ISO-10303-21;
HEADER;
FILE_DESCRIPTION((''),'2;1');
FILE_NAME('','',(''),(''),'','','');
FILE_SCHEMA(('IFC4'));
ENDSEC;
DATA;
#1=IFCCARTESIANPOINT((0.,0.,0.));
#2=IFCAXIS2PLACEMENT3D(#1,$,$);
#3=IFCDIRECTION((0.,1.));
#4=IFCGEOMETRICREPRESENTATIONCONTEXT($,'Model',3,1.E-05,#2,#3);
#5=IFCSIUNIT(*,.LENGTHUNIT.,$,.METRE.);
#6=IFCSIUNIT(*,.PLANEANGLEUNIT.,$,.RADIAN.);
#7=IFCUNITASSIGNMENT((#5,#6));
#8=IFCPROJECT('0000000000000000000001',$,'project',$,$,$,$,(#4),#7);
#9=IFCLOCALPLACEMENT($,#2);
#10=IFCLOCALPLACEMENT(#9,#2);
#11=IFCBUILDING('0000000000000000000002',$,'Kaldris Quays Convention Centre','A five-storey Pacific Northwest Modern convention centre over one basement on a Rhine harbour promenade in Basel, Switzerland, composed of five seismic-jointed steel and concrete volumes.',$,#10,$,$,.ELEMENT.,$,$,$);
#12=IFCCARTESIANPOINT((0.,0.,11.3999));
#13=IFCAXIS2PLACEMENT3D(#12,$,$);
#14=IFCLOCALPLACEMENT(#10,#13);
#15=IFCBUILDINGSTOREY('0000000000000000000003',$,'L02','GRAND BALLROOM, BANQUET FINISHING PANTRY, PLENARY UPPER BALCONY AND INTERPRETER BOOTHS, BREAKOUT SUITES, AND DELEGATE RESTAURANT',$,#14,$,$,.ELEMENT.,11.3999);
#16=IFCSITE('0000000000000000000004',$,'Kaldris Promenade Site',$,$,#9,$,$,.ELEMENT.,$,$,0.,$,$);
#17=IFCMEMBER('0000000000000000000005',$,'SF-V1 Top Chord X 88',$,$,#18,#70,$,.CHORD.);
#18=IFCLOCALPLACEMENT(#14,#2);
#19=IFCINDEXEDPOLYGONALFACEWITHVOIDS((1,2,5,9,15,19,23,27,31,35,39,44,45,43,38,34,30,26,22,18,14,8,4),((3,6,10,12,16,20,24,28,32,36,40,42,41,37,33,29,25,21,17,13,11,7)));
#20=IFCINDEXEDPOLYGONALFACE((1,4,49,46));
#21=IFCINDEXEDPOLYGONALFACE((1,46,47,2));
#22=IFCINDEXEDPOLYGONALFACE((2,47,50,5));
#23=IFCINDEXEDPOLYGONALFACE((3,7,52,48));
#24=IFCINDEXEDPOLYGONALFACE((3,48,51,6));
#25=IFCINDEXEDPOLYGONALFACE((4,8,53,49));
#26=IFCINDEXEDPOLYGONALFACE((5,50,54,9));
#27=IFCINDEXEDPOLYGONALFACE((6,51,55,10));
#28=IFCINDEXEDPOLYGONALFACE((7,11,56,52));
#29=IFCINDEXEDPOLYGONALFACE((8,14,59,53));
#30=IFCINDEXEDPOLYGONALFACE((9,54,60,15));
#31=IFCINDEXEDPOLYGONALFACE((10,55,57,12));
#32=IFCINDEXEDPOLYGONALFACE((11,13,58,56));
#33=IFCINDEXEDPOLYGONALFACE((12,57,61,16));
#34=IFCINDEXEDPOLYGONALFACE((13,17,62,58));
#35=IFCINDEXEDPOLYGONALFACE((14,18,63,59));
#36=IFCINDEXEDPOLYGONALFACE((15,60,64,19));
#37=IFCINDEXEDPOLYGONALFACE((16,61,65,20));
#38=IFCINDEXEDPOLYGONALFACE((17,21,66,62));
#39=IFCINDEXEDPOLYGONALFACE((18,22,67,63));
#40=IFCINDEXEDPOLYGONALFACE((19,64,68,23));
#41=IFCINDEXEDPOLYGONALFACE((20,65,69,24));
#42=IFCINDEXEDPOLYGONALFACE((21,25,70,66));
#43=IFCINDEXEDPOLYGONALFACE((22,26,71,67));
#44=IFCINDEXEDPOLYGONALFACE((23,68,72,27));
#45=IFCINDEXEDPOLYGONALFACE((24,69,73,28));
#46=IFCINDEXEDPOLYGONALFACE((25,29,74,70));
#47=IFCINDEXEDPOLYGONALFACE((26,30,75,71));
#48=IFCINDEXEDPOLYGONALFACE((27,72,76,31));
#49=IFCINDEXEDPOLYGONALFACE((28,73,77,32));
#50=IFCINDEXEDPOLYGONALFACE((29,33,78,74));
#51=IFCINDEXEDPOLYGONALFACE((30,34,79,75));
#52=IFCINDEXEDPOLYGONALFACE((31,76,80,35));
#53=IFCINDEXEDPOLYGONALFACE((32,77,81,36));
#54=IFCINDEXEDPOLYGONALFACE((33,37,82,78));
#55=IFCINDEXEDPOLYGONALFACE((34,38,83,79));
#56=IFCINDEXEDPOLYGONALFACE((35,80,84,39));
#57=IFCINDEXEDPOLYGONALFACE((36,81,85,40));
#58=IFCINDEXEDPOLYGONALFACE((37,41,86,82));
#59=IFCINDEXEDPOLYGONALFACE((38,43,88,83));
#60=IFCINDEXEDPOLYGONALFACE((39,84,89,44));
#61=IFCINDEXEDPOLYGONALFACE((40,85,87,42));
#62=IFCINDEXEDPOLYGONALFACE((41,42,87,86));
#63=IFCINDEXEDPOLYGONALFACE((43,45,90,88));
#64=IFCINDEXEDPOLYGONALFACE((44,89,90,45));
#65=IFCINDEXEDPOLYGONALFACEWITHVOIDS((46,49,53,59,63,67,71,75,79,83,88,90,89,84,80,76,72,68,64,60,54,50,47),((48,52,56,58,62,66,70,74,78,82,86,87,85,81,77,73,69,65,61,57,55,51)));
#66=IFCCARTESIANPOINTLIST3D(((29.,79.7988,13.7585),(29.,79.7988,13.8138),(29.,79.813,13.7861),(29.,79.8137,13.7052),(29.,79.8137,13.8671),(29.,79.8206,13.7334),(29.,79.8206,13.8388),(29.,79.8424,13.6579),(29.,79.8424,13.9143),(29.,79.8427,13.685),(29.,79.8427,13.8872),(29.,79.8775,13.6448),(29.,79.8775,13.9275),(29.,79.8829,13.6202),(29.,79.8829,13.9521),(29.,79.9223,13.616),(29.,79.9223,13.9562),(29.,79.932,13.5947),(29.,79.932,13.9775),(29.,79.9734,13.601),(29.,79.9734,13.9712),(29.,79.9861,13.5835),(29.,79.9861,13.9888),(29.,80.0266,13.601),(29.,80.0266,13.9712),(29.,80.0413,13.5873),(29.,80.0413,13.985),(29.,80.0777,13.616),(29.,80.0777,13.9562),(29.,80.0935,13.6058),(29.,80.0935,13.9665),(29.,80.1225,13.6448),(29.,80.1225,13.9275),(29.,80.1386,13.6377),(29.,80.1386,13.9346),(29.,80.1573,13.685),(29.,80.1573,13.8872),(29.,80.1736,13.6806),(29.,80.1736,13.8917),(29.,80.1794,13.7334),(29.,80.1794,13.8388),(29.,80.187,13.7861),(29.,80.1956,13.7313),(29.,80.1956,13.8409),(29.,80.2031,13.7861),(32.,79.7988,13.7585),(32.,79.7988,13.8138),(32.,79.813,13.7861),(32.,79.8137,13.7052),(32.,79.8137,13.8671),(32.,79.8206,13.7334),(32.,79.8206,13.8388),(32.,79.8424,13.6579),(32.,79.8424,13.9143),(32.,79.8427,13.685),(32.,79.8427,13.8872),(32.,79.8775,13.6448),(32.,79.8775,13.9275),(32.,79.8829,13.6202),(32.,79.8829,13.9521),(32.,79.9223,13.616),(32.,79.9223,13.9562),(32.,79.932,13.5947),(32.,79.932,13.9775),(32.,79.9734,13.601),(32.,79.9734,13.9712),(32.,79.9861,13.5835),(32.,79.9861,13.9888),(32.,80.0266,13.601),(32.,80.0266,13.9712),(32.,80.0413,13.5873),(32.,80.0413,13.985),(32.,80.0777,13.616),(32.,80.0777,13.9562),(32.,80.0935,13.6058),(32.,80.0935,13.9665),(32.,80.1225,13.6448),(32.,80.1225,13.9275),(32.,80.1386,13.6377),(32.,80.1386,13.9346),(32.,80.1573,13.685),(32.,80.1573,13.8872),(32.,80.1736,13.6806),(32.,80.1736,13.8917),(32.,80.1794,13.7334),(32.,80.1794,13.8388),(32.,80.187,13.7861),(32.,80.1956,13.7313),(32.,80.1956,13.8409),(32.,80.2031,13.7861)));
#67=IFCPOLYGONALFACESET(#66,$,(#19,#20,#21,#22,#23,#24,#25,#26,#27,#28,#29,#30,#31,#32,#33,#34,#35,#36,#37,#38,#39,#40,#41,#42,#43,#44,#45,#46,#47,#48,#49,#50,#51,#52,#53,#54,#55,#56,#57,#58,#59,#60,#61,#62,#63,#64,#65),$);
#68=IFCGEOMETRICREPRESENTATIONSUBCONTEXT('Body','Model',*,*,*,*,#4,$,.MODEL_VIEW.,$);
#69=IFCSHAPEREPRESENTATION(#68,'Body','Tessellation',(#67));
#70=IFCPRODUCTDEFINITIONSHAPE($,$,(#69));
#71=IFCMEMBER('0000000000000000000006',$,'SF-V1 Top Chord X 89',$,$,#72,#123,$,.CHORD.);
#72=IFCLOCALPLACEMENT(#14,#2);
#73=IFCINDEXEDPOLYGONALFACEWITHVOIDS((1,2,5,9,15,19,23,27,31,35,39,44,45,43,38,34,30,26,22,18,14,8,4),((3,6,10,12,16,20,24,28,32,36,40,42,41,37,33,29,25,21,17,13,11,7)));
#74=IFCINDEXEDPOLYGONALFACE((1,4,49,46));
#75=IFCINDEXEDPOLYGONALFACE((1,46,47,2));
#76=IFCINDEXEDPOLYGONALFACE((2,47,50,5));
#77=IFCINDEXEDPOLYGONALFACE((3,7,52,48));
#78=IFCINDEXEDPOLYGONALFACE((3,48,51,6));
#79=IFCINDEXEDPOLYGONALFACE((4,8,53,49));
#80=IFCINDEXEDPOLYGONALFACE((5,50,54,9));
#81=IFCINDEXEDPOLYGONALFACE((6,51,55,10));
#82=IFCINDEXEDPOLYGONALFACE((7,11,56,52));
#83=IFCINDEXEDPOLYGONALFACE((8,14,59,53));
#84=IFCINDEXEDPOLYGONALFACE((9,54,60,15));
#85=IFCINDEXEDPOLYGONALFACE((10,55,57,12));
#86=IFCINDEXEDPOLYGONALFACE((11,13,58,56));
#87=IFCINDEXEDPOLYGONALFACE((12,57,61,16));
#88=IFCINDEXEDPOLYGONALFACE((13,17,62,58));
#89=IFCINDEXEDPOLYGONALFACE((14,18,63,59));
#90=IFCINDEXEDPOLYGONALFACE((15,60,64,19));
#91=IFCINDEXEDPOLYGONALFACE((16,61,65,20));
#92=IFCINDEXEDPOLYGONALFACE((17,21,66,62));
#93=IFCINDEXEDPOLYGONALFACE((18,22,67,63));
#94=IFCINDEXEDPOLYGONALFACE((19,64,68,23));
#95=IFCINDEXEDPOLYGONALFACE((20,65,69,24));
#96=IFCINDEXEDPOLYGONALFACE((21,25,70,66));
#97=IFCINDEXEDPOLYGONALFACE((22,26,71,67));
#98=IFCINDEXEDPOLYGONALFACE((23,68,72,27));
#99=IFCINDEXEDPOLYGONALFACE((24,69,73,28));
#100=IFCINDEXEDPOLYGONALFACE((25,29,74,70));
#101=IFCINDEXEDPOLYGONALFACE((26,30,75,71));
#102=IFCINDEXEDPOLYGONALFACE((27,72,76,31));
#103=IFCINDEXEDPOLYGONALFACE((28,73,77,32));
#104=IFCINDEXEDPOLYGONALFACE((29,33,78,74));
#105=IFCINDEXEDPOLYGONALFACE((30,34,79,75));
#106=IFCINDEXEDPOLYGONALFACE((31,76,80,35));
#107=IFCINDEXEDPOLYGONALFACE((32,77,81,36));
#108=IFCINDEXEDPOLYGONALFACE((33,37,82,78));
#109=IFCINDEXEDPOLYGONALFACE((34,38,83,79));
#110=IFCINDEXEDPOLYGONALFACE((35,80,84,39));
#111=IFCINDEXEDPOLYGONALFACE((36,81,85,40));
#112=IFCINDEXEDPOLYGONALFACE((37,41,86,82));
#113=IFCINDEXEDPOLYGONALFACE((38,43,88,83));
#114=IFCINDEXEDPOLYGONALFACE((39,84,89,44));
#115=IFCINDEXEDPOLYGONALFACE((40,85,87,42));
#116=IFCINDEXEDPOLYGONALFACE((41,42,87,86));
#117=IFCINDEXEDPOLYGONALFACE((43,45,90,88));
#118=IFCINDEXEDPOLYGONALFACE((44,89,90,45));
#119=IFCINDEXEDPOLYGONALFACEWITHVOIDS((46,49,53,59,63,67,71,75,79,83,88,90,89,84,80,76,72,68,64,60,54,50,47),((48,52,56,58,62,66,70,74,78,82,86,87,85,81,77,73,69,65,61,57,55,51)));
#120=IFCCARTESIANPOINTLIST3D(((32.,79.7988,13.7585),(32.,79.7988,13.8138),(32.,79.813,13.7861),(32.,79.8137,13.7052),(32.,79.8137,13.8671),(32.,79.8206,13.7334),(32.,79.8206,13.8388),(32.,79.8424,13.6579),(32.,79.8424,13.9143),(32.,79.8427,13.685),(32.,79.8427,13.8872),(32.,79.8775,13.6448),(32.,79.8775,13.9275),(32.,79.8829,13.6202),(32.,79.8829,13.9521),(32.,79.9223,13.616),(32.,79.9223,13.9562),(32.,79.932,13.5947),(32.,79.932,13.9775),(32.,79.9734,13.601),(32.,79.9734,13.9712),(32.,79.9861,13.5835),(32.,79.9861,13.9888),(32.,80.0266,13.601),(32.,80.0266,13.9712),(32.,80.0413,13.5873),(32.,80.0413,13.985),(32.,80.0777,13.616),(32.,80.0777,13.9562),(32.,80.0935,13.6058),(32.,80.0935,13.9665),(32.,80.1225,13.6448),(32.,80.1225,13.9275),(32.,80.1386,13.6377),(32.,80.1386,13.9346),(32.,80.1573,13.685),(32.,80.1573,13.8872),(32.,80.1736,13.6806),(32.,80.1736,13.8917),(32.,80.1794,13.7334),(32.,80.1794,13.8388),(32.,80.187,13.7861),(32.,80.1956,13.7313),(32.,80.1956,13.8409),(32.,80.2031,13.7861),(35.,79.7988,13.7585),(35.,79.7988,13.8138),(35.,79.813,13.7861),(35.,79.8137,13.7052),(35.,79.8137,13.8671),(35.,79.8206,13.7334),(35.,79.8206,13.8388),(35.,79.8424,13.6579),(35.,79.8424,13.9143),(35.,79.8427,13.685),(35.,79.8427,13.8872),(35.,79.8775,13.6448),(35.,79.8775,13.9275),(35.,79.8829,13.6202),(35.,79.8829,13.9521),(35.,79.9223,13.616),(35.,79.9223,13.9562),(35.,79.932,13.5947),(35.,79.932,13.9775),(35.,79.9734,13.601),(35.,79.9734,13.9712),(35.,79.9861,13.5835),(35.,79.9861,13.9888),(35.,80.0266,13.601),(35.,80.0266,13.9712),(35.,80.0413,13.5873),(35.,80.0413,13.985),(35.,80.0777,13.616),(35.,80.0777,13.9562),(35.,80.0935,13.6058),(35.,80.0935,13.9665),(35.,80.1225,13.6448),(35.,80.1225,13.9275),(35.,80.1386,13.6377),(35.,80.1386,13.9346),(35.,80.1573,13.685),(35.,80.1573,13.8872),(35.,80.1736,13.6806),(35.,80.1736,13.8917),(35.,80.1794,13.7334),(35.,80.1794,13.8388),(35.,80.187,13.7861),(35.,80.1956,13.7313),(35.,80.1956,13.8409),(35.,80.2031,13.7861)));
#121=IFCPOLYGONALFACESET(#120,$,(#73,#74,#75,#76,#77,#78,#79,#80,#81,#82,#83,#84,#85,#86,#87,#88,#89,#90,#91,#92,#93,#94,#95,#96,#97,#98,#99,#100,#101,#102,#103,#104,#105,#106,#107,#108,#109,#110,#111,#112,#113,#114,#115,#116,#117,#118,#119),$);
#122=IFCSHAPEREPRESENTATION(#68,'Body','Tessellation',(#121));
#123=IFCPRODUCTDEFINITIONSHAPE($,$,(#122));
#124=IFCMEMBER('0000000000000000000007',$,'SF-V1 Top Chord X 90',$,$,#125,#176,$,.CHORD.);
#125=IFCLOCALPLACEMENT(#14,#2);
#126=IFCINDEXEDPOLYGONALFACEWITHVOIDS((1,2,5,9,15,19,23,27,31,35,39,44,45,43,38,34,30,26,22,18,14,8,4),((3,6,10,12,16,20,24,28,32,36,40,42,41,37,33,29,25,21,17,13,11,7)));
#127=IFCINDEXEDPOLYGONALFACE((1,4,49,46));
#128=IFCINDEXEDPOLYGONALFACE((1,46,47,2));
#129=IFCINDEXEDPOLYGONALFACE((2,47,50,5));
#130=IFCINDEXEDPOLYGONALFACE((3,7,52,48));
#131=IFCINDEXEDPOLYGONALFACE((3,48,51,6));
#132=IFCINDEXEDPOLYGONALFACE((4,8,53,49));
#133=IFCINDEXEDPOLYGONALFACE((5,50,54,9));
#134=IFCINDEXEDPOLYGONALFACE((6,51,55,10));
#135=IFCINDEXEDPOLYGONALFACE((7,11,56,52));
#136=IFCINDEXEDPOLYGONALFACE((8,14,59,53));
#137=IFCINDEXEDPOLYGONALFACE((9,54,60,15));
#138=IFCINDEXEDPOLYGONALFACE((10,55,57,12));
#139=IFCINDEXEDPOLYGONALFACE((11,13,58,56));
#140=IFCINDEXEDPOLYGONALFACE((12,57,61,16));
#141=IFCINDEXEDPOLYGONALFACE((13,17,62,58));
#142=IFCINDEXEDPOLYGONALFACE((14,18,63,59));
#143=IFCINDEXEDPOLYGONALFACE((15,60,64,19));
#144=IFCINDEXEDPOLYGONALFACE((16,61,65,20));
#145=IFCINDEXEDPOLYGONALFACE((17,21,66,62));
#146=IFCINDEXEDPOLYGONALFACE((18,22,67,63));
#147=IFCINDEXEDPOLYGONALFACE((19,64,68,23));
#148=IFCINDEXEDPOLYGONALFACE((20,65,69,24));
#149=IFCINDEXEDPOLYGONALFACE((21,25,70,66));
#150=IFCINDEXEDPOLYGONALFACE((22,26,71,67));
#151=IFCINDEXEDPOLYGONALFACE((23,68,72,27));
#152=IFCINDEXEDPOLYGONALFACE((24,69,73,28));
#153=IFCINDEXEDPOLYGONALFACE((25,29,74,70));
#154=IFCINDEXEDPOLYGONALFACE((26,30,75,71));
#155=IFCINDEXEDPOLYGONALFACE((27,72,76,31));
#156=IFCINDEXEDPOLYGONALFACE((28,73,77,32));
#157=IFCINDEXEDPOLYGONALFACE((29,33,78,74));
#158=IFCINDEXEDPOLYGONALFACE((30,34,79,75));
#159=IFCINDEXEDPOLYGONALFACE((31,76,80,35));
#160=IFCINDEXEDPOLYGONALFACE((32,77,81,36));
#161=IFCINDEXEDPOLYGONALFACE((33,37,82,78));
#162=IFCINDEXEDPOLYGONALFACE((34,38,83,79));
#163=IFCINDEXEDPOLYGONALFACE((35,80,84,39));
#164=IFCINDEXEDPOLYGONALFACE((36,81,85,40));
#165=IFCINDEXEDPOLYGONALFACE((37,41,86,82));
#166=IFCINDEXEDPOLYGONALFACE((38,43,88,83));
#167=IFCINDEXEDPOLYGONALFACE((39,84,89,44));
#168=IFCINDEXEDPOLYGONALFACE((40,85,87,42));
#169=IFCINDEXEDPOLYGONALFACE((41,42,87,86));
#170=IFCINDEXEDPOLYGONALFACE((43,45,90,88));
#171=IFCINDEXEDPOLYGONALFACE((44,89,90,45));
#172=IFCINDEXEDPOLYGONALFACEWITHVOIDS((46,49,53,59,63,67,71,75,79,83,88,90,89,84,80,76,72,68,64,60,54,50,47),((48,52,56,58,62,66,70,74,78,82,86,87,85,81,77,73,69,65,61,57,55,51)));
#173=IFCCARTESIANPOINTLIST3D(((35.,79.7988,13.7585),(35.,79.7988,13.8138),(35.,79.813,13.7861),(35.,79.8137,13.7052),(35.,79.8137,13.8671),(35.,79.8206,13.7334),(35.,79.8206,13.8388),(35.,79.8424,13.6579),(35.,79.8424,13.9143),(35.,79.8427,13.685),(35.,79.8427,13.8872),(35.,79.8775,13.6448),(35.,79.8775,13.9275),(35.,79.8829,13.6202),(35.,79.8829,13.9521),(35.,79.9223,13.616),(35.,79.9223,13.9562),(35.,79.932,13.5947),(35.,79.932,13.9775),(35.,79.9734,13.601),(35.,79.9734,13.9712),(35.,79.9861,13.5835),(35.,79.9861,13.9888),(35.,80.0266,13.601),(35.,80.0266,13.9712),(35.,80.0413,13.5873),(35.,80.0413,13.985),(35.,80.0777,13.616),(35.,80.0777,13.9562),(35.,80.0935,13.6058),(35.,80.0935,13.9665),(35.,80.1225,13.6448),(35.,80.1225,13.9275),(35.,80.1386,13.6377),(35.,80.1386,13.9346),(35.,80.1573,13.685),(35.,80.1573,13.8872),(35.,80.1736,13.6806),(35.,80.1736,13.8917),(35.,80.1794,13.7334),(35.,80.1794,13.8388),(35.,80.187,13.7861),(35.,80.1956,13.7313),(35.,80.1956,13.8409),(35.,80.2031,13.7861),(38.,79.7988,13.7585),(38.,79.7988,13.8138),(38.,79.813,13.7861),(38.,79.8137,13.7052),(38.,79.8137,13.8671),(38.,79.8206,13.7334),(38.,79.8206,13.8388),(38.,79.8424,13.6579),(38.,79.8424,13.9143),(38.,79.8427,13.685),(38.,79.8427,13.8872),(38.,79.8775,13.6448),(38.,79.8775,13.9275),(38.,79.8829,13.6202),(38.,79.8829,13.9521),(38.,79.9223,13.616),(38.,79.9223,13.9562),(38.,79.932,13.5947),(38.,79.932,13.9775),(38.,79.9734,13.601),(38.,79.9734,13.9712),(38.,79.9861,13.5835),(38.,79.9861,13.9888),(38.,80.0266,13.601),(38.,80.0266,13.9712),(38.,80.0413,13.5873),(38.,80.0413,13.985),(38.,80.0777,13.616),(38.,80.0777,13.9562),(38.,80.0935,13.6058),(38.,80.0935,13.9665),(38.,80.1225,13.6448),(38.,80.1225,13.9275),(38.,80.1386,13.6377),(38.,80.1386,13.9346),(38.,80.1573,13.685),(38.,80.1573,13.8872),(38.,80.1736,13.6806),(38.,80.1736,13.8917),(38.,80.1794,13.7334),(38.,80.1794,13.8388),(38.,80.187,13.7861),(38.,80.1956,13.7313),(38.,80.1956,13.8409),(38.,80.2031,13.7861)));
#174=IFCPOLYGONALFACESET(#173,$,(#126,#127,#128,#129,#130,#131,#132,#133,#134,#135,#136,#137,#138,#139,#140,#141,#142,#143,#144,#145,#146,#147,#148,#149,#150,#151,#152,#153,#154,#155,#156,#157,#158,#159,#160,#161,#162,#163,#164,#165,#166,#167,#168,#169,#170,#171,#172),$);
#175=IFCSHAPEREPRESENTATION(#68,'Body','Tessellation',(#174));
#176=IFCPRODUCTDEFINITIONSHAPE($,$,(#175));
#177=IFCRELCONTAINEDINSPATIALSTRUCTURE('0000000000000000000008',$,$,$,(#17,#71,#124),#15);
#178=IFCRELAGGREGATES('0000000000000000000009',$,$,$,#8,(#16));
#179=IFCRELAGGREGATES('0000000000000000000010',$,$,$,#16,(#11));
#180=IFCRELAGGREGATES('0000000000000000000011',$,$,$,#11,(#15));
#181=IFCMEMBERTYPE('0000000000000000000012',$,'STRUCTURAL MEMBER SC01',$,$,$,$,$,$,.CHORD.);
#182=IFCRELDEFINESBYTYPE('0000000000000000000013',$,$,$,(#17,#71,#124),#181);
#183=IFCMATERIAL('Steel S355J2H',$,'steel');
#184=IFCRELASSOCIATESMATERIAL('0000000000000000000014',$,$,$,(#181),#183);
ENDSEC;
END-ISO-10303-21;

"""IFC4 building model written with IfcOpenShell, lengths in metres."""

from ifc_helpers import new_model, si_unit, direction, frame, origin, origin_2d, place, context, subcontext, project, spatial, hollow_circle, extrude, material, material_profile, profile_set, type_object, element, save


model = new_model("IFC4")

# Units and contexts
model_context = context("Model", 3, precision=1e-05, world=origin(), true_north=direction((0.0, 1.0)))
body_context = subcontext(model_context, "Body", "Model", "MODEL_VIEW")
ifc_project = project(units=[si_unit("LENGTHUNIT", "METRE"), si_unit("PLANEANGLEUNIT", "RADIAN")], contexts=[model_context])

# Site, building, storey
site_placement = place(None, origin())
site = spatial("IfcSite", under=ifc_project, at=site_placement, Name="Kaldris Promenade Site", CompositionType="ELEMENT", RefElevation=0.0)
building_placement = place(site_placement, origin())
building = spatial("IfcBuilding", under=site, at=building_placement, Name="Kaldris Quays Convention Centre", Description="A five-storey Pacific Northwest Modern convention centre over one basement on a Rhine harbour promenade in Basel, Switzerland, composed of five seismic-jointed steel and concrete volumes.", CompositionType="ELEMENT")
storey_placement = place(building_placement, frame((0.0, 0.0, 11.3999)))
storey = spatial("IfcBuildingStorey", under=building, at=storey_placement, Name="L02", Description="GRAND BALLROOM, BANQUET FINISHING PANTRY, PLENARY UPPER BALCONY AND INTERPRETER BOOTHS, BREAKOUT SUITES, AND DELEGATE RESTAURANT", CompositionType="ELEMENT", Elevation=11.3999)

# Members
ifc_material_1 = material(Name="Steel S355J2H", Category="steel")
ifc_material_profile_1 = material_profile(ifc_material_1, hollow_circle(Radius=0.2031, WallThickness=0.0161, at=origin_2d()), Name="CHS 406.4x16")
ifc_profile_set_1 = profile_set([ifc_material_profile_1], Name="Steel S355J2H")
member_type_1 = type_object("IfcMemberType", Name="STRUCTURAL MEMBER SC01", PredefinedType="CHORD", material=ifc_profile_set_1)
for number, where, z_axis, x_axis, name in (
    (1, (29.0, 80.0, 13.7861), (1.0, 0.0, 0.0), (0.0, 1.0, 0.0), "SF-V1 Top Chord X 88"),
    (2, (32.0, 80.0, 13.7861), (1.0, 0.0, 0.0), (0.0, 1.0, 0.0), "SF-V1 Top Chord X 89"),
    (3, (35.0, 80.0, 13.7861), (1.0, 0.0, 0.0), (0.0, 1.0, 0.0), "SF-V1 Top Chord X 90"),
):
    element("IfcMember", number, at=place(storey_placement, frame(where, z_axis=z_axis, x_axis=x_axis)), inside=storey, type_object=member_type_1, Name=name, PredefinedType="CHORD", context=body_context, shape_type="SweptSolid", body=[
        extrude(hollow_circle(Radius=0.2031, WallThickness=0.0161, at=origin_2d()), origin(), (0.0, 0.0, 1.0), 3.0),
    ])

save(model, "model.ifc")
